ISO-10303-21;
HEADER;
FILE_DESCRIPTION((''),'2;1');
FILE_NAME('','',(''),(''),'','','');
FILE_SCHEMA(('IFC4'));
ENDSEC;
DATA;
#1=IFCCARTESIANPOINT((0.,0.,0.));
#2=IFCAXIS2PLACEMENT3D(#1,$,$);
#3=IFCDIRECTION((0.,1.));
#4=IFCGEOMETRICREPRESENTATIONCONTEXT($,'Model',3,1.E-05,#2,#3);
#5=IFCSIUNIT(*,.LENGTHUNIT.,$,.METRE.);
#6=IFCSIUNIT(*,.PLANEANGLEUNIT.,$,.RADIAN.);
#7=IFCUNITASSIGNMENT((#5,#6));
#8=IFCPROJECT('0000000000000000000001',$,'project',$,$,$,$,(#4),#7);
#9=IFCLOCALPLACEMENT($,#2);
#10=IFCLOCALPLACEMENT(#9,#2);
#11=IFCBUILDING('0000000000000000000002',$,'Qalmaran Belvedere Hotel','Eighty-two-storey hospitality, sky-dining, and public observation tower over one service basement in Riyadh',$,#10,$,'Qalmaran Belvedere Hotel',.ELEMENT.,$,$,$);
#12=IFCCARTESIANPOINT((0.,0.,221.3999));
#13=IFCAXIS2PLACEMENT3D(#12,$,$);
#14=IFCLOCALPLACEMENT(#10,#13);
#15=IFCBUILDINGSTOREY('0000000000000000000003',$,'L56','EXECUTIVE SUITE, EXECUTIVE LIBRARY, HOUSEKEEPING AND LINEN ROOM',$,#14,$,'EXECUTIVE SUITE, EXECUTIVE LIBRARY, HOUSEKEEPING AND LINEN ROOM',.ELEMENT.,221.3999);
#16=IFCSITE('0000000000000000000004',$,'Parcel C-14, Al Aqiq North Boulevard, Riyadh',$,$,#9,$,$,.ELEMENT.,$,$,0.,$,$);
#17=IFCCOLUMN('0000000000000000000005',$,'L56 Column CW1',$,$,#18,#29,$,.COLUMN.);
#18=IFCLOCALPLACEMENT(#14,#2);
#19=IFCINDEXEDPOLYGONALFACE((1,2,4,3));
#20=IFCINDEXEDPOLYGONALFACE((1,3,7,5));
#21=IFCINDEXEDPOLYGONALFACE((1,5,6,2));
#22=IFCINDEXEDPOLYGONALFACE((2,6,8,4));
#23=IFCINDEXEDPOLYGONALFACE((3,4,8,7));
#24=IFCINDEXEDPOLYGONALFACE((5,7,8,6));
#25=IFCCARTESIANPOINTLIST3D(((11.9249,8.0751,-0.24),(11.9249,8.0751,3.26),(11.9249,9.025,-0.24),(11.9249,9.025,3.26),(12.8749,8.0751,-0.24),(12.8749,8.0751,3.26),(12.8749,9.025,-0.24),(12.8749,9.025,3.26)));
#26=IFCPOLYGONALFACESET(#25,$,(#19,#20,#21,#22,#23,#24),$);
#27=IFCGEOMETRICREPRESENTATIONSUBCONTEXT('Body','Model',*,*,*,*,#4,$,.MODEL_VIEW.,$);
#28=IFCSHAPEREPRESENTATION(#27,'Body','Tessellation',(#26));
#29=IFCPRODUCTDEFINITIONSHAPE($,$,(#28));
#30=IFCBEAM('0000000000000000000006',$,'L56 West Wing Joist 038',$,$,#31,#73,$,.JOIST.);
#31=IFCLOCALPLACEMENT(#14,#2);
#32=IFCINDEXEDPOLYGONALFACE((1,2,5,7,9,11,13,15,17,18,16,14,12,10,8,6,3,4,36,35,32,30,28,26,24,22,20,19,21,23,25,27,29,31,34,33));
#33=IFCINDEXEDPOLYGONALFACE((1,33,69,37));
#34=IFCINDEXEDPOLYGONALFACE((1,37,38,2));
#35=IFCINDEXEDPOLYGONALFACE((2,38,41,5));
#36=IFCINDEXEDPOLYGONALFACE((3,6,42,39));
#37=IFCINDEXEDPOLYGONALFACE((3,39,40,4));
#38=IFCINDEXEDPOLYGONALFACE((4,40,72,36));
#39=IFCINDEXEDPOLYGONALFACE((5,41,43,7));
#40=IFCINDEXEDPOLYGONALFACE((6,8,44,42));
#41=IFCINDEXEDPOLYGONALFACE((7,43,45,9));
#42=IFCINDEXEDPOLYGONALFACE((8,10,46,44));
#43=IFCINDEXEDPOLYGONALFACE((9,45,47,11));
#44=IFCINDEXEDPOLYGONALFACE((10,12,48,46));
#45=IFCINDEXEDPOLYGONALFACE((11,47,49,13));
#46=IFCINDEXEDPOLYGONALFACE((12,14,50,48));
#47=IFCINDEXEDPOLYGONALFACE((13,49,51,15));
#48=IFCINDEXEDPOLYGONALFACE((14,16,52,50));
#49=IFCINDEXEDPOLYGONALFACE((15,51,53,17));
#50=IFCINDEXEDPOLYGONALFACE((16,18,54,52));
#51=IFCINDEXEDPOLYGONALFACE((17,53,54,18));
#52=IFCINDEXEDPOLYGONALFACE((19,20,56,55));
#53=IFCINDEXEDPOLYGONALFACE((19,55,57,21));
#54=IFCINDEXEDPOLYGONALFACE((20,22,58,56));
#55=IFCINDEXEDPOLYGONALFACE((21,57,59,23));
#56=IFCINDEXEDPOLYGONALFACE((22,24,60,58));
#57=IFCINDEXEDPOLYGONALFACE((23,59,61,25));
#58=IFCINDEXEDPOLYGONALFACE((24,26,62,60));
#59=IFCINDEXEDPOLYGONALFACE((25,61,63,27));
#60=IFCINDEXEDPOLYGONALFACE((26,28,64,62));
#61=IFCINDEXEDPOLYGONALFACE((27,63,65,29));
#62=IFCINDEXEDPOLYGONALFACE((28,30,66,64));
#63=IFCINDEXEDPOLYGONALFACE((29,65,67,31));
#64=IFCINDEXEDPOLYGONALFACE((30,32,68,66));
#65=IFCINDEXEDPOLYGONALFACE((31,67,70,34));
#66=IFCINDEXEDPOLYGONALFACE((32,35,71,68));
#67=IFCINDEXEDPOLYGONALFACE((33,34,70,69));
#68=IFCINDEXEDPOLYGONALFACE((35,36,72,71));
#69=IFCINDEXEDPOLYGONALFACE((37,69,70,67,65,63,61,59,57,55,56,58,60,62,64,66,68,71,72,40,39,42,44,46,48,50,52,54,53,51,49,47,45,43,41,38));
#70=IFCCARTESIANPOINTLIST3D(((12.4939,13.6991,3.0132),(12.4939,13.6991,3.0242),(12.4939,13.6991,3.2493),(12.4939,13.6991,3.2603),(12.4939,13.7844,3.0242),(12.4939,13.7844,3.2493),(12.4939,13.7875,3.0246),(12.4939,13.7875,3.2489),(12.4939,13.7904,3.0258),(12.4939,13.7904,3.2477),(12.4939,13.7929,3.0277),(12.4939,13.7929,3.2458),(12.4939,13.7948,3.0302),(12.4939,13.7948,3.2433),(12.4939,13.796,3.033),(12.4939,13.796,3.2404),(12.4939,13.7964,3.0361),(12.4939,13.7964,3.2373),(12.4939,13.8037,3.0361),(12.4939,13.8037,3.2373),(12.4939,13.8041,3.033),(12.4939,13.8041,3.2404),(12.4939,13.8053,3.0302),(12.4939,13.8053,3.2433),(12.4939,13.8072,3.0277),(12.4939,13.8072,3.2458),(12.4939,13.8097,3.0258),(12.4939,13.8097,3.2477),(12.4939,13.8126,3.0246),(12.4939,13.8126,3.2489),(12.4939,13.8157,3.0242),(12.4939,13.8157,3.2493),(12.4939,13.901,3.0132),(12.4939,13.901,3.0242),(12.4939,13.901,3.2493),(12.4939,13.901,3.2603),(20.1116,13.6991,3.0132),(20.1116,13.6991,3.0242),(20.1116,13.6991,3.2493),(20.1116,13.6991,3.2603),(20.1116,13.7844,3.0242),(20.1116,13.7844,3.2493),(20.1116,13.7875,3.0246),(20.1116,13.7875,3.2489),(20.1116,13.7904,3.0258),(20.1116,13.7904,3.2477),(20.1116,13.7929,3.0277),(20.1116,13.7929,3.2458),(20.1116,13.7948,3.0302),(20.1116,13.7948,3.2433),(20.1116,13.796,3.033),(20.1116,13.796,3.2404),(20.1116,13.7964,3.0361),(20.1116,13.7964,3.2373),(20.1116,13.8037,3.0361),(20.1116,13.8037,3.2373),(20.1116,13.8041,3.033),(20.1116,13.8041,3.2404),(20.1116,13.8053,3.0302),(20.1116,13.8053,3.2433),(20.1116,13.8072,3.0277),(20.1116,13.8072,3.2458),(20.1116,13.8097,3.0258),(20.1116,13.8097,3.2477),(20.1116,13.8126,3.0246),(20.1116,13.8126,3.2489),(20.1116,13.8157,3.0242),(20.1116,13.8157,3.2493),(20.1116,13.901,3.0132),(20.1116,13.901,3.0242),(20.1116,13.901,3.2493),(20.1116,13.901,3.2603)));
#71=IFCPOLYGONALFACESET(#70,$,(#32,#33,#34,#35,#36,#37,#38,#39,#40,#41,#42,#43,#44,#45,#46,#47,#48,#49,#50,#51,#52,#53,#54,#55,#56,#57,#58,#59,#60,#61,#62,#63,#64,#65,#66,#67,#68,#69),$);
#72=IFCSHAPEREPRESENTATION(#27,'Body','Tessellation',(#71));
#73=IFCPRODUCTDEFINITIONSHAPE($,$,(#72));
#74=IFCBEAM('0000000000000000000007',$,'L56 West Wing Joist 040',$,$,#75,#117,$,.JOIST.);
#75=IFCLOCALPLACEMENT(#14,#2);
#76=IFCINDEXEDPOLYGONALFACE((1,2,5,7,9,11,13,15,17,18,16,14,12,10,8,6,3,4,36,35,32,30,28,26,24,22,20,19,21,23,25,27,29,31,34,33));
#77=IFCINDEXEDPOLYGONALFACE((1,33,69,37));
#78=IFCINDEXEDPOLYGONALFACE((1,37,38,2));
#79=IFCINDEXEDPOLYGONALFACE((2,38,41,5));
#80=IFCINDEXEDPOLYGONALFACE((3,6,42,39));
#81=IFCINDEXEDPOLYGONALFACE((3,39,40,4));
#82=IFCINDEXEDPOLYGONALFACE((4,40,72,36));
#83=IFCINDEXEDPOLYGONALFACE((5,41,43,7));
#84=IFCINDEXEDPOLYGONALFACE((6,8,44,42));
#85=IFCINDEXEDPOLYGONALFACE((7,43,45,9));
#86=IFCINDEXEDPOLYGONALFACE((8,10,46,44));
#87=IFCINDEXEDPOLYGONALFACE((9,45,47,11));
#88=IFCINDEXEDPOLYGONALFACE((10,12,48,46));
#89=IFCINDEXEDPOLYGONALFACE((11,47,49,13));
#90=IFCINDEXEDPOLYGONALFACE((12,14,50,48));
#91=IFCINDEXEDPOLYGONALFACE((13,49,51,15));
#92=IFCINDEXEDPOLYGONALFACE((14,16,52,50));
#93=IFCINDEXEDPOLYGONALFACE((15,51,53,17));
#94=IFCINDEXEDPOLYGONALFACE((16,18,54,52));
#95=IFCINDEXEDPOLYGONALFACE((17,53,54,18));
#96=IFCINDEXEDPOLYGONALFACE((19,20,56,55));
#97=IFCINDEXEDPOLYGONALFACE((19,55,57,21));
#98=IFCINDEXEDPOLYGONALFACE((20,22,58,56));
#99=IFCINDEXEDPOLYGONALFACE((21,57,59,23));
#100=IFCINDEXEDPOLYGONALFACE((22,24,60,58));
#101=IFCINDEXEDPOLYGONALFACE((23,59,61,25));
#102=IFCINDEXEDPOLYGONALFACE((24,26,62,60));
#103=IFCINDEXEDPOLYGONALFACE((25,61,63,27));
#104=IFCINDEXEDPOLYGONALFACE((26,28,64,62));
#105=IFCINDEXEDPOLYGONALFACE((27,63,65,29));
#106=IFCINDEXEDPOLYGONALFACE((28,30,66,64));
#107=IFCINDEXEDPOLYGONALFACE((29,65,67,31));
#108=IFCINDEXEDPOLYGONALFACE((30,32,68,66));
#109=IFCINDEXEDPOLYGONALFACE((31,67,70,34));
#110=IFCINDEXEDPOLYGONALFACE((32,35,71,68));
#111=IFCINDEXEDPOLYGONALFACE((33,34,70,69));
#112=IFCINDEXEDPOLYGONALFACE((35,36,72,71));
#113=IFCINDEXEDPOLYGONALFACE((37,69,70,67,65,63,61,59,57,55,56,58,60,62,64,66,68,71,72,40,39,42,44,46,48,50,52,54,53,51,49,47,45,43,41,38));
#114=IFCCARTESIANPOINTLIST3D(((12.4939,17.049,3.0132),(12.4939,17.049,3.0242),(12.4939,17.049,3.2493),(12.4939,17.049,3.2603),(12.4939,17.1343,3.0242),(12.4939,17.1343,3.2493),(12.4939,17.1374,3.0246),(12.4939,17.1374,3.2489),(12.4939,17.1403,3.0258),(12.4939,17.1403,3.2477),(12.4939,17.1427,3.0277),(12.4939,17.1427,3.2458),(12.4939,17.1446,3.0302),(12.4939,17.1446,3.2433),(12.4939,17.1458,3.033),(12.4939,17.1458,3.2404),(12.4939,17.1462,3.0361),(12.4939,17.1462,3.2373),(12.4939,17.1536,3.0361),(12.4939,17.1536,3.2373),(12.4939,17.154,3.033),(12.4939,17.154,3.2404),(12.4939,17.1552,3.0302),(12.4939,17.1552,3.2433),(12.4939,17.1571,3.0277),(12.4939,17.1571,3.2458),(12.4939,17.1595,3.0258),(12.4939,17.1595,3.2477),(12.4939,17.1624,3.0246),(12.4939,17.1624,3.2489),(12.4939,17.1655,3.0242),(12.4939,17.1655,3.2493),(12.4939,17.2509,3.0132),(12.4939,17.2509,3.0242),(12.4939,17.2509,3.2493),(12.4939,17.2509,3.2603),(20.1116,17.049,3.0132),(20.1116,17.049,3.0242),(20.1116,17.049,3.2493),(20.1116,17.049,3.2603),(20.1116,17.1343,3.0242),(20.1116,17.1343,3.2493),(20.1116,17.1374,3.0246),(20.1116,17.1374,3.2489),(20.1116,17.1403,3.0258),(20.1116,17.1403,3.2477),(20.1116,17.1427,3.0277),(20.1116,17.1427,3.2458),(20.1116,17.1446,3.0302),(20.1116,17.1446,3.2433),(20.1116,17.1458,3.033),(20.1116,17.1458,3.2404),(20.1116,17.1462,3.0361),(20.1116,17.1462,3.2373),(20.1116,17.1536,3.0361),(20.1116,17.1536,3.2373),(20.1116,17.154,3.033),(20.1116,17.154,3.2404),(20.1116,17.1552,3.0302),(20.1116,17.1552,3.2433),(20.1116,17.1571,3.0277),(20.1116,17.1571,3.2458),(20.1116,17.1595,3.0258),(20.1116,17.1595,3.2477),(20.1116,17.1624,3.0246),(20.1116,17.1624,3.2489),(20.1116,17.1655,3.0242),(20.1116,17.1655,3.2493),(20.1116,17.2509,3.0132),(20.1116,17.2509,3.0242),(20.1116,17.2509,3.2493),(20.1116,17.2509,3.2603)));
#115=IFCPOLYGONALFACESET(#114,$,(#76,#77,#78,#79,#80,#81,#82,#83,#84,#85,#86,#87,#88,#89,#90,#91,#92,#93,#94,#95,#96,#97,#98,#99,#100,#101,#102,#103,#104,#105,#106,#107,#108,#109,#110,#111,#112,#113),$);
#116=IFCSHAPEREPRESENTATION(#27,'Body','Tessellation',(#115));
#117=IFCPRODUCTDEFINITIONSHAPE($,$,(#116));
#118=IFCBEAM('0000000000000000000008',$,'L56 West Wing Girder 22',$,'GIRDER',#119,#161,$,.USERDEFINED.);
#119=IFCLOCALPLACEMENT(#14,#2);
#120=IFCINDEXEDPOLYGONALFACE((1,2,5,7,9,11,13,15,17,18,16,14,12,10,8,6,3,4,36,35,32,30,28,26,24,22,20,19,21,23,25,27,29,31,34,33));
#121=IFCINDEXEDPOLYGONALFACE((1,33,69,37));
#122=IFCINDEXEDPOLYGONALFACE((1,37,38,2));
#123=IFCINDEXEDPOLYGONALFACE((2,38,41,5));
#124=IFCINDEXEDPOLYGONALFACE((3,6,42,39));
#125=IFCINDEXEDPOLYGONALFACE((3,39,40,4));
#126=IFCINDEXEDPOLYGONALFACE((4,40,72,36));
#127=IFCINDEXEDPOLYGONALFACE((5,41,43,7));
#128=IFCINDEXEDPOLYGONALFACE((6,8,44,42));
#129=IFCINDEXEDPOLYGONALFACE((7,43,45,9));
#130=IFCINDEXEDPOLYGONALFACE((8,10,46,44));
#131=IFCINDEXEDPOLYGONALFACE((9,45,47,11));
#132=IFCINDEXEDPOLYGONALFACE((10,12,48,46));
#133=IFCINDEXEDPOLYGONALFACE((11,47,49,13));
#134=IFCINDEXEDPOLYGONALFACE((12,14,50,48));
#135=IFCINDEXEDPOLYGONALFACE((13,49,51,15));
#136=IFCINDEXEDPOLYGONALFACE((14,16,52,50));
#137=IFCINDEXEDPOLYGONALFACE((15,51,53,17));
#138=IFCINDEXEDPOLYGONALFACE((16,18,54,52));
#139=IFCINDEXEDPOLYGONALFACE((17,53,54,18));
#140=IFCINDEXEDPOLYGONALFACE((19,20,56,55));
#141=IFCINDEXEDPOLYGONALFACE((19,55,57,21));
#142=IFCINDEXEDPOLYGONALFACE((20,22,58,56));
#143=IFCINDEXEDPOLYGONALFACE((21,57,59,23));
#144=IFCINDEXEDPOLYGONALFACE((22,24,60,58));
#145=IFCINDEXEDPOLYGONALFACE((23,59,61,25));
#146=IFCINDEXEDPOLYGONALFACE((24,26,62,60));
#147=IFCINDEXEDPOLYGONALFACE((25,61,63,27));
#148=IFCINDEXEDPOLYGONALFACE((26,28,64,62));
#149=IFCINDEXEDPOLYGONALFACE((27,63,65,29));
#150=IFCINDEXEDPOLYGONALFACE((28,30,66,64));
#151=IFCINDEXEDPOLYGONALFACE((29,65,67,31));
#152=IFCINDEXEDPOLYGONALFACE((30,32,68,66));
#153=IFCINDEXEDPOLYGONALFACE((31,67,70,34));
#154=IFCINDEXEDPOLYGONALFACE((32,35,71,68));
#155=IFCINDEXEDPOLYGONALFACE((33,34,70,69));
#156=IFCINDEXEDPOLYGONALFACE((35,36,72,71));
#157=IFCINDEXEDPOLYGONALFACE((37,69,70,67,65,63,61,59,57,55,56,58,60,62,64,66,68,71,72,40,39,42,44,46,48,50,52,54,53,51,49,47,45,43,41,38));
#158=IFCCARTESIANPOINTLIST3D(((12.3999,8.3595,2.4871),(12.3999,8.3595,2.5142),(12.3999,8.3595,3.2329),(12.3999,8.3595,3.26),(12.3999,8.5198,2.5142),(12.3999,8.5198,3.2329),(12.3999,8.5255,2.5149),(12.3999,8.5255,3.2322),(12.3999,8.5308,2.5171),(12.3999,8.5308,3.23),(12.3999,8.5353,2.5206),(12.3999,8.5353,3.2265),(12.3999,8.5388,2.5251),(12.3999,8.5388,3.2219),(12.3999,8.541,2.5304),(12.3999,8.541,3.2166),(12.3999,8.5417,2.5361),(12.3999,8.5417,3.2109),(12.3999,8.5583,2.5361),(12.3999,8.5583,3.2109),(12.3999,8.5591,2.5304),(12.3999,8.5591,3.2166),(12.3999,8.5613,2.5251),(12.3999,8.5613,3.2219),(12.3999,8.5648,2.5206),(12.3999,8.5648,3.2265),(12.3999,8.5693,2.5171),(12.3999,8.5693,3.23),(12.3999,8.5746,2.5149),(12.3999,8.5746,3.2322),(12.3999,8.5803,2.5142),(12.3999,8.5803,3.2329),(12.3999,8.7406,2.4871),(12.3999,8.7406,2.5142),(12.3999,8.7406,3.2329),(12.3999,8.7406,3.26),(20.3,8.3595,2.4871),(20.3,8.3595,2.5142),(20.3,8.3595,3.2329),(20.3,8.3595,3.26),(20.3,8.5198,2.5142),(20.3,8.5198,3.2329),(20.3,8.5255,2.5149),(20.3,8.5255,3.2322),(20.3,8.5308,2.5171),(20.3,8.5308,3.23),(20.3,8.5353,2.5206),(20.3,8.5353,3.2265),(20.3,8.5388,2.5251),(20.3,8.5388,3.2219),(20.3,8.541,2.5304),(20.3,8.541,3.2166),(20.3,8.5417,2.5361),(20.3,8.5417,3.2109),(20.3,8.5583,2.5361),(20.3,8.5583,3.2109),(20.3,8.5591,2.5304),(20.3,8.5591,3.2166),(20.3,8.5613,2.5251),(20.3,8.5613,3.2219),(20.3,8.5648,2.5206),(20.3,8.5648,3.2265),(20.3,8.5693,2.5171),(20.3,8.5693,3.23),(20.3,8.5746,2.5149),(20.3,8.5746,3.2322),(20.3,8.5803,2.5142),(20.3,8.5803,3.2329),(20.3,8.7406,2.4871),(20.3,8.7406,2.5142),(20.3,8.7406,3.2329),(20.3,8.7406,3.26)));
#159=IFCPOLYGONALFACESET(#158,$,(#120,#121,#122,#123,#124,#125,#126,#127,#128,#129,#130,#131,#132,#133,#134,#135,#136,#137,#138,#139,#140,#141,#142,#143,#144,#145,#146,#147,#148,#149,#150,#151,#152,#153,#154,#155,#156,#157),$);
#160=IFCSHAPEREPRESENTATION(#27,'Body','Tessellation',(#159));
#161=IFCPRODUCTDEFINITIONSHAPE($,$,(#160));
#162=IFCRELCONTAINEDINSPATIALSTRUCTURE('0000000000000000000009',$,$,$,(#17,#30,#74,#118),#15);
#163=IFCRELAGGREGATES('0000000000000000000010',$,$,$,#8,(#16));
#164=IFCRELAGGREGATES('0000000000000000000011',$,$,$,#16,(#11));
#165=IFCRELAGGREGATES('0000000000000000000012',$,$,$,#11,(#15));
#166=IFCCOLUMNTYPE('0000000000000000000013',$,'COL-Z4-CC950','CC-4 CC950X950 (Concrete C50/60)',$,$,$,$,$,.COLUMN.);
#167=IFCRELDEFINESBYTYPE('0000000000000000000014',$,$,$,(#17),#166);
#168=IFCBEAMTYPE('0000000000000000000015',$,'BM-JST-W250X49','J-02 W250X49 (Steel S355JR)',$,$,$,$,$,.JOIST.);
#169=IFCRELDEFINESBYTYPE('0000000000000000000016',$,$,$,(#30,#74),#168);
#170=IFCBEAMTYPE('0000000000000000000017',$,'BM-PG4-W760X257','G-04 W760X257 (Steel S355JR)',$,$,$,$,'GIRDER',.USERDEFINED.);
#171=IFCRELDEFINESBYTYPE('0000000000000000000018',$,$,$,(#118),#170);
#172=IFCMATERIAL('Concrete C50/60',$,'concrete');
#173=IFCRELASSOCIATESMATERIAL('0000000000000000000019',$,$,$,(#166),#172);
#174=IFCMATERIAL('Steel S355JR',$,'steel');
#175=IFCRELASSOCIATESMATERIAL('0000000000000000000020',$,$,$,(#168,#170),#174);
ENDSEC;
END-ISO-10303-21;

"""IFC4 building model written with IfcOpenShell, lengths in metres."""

from ifc_helpers import new_model, si_unit, direction, frame, origin, origin_2d, place, context, subcontext, project, spatial, rectangle, i_section, extrude, material, material_profile, profile_set, type_object, element, save


model = new_model("IFC4")

# Units and contexts
model_context = context("Model", 3, precision=1e-05, world=origin(), true_north=direction((0.0, 1.0)))
body_context = subcontext(model_context, "Body", "Model", "MODEL_VIEW")
ifc_project = project(units=[si_unit("LENGTHUNIT", "METRE"), si_unit("PLANEANGLEUNIT", "RADIAN")], contexts=[model_context])

# Site, building, storey
site_placement = place(None, origin())
site = spatial("IfcSite", under=ifc_project, at=site_placement, Name="Parcel C-14, Al Aqiq North Boulevard, Riyadh", CompositionType="ELEMENT", RefElevation=0.0)
building_placement = place(site_placement, origin())
building = spatial("IfcBuilding", under=site, at=building_placement, Name="Qalmaran Belvedere Hotel", Description="Eighty-two-storey hospitality, sky-dining, and public observation tower over one service basement in Riyadh", LongName="Qalmaran Belvedere Hotel", CompositionType="ELEMENT")
storey_placement = place(building_placement, frame((0.0, 0.0, 221.3999)))
storey = spatial("IfcBuildingStorey", under=building, at=storey_placement, Name="L56", Description="EXECUTIVE SUITE, EXECUTIVE LIBRARY, HOUSEKEEPING AND LINEN ROOM", LongName="EXECUTIVE SUITE, EXECUTIVE LIBRARY, HOUSEKEEPING AND LINEN ROOM", CompositionType="ELEMENT", Elevation=221.3999)

# Column
ifc_material_1 = material(Name="Concrete C50/60", Category="concrete")
ifc_material_profile_1 = material_profile(ifc_material_1, rectangle(XDim=0.95, YDim=0.95, at=origin_2d()), Name="CC950X950")
ifc_profile_set_1 = profile_set([ifc_material_profile_1], Name="Concrete C50/60")
column_type = type_object("IfcColumnType", Name="COL-Z4-CC950", Description="CC-4 CC950X950 (Concrete C50/60)", PredefinedType="COLUMN", material=ifc_profile_set_1)
column_placement = place(storey_placement, frame((12.3999, 8.55, -0.24), z_axis=(0.0, 0.0, 1.0), x_axis=(1.0, 0.0, 0.0)))
element("IfcColumn", 1, at=column_placement, inside=storey, type_object=column_type, Name="L56 Column CW1", PredefinedType="COLUMN", context=body_context, shape_type="SweptSolid", body=[
    extrude(rectangle(XDim=0.95, YDim=0.95, at=origin_2d()), origin(), (0.0, 0.0, 1.0), 3.5),
])

# Beams
ifc_material_2 = material(Name="Steel S355JR", Category="steel")
ifc_material_profile_2 = material_profile(ifc_material_2, i_section(OverallWidth=0.2019, OverallDepth=0.2471, WebThickness=0.0073, FlangeThickness=0.011, FilletRadius=0.012, at=origin_2d()), Name="W250X49")
ifc_profile_set_2 = profile_set([ifc_material_profile_2], Name="Steel S355JR")
beam_type_1 = type_object("IfcBeamType", Name="BM-JST-W250X49", Description="J-02 W250X49 (Steel S355JR)", PredefinedType="JOIST", material=ifc_profile_set_2)
for number, where, z_axis, x_axis, name in (
    (2, (12.4939, 13.8, 3.1367), (1.0, 0.0, 0.0), (0.0, 1.0, 0.0), "L56 West Wing Joist 038"),
    (3, (12.4939, 17.1499, 3.1367), (1.0, 0.0, 0.0), (0.0, 1.0, 0.0), "L56 West Wing Joist 040"),
):
    element("IfcBeam", number, at=place(storey_placement, frame(where, z_axis=z_axis, x_axis=x_axis)), inside=storey, type_object=beam_type_1, Name=name, PredefinedType="JOIST", context=body_context, shape_type="SweptSolid", body=[
        extrude(i_section(OverallWidth=0.2019, OverallDepth=0.2471, WebThickness=0.0073, FlangeThickness=0.011, FilletRadius=0.012, at=origin_2d()), origin(), (0.0, 0.0, 1.0), 7.6177),
    ])
ifc_material_profile_3 = material_profile(ifc_material_2, i_section(OverallWidth=0.3811, OverallDepth=0.7729, WebThickness=0.0166, FlangeThickness=0.0271, FilletRadius=0.022, at=origin_2d()), Name="W760X257")
ifc_profile_set_3 = profile_set([ifc_material_profile_3], Name="Steel S355JR")
beam_type_2 = type_object("IfcBeamType", Name="BM-PG4-W760X257", Description="G-04 W760X257 (Steel S355JR)", ElementType="GIRDER", PredefinedType="USERDEFINED", material=ifc_profile_set_3)
beam_1_placement = place(storey_placement, frame((12.3999, 8.55, 2.8735), z_axis=(1.0, 0.0, 0.0), x_axis=(0.0, 1.0, 0.0)))
element("IfcBeam", 4, at=beam_1_placement, inside=storey, type_object=beam_type_2, Name="L56 West Wing Girder 22", ObjectType="GIRDER", PredefinedType="USERDEFINED", context=body_context, shape_type="SweptSolid", body=[
    extrude(i_section(OverallWidth=0.3811, OverallDepth=0.7729, WebThickness=0.0166, FlangeThickness=0.0271, FilletRadius=0.022, at=origin_2d()), origin(), (0.0, 0.0, 1.0), 7.9001),
])

save(model, "model.ifc")
